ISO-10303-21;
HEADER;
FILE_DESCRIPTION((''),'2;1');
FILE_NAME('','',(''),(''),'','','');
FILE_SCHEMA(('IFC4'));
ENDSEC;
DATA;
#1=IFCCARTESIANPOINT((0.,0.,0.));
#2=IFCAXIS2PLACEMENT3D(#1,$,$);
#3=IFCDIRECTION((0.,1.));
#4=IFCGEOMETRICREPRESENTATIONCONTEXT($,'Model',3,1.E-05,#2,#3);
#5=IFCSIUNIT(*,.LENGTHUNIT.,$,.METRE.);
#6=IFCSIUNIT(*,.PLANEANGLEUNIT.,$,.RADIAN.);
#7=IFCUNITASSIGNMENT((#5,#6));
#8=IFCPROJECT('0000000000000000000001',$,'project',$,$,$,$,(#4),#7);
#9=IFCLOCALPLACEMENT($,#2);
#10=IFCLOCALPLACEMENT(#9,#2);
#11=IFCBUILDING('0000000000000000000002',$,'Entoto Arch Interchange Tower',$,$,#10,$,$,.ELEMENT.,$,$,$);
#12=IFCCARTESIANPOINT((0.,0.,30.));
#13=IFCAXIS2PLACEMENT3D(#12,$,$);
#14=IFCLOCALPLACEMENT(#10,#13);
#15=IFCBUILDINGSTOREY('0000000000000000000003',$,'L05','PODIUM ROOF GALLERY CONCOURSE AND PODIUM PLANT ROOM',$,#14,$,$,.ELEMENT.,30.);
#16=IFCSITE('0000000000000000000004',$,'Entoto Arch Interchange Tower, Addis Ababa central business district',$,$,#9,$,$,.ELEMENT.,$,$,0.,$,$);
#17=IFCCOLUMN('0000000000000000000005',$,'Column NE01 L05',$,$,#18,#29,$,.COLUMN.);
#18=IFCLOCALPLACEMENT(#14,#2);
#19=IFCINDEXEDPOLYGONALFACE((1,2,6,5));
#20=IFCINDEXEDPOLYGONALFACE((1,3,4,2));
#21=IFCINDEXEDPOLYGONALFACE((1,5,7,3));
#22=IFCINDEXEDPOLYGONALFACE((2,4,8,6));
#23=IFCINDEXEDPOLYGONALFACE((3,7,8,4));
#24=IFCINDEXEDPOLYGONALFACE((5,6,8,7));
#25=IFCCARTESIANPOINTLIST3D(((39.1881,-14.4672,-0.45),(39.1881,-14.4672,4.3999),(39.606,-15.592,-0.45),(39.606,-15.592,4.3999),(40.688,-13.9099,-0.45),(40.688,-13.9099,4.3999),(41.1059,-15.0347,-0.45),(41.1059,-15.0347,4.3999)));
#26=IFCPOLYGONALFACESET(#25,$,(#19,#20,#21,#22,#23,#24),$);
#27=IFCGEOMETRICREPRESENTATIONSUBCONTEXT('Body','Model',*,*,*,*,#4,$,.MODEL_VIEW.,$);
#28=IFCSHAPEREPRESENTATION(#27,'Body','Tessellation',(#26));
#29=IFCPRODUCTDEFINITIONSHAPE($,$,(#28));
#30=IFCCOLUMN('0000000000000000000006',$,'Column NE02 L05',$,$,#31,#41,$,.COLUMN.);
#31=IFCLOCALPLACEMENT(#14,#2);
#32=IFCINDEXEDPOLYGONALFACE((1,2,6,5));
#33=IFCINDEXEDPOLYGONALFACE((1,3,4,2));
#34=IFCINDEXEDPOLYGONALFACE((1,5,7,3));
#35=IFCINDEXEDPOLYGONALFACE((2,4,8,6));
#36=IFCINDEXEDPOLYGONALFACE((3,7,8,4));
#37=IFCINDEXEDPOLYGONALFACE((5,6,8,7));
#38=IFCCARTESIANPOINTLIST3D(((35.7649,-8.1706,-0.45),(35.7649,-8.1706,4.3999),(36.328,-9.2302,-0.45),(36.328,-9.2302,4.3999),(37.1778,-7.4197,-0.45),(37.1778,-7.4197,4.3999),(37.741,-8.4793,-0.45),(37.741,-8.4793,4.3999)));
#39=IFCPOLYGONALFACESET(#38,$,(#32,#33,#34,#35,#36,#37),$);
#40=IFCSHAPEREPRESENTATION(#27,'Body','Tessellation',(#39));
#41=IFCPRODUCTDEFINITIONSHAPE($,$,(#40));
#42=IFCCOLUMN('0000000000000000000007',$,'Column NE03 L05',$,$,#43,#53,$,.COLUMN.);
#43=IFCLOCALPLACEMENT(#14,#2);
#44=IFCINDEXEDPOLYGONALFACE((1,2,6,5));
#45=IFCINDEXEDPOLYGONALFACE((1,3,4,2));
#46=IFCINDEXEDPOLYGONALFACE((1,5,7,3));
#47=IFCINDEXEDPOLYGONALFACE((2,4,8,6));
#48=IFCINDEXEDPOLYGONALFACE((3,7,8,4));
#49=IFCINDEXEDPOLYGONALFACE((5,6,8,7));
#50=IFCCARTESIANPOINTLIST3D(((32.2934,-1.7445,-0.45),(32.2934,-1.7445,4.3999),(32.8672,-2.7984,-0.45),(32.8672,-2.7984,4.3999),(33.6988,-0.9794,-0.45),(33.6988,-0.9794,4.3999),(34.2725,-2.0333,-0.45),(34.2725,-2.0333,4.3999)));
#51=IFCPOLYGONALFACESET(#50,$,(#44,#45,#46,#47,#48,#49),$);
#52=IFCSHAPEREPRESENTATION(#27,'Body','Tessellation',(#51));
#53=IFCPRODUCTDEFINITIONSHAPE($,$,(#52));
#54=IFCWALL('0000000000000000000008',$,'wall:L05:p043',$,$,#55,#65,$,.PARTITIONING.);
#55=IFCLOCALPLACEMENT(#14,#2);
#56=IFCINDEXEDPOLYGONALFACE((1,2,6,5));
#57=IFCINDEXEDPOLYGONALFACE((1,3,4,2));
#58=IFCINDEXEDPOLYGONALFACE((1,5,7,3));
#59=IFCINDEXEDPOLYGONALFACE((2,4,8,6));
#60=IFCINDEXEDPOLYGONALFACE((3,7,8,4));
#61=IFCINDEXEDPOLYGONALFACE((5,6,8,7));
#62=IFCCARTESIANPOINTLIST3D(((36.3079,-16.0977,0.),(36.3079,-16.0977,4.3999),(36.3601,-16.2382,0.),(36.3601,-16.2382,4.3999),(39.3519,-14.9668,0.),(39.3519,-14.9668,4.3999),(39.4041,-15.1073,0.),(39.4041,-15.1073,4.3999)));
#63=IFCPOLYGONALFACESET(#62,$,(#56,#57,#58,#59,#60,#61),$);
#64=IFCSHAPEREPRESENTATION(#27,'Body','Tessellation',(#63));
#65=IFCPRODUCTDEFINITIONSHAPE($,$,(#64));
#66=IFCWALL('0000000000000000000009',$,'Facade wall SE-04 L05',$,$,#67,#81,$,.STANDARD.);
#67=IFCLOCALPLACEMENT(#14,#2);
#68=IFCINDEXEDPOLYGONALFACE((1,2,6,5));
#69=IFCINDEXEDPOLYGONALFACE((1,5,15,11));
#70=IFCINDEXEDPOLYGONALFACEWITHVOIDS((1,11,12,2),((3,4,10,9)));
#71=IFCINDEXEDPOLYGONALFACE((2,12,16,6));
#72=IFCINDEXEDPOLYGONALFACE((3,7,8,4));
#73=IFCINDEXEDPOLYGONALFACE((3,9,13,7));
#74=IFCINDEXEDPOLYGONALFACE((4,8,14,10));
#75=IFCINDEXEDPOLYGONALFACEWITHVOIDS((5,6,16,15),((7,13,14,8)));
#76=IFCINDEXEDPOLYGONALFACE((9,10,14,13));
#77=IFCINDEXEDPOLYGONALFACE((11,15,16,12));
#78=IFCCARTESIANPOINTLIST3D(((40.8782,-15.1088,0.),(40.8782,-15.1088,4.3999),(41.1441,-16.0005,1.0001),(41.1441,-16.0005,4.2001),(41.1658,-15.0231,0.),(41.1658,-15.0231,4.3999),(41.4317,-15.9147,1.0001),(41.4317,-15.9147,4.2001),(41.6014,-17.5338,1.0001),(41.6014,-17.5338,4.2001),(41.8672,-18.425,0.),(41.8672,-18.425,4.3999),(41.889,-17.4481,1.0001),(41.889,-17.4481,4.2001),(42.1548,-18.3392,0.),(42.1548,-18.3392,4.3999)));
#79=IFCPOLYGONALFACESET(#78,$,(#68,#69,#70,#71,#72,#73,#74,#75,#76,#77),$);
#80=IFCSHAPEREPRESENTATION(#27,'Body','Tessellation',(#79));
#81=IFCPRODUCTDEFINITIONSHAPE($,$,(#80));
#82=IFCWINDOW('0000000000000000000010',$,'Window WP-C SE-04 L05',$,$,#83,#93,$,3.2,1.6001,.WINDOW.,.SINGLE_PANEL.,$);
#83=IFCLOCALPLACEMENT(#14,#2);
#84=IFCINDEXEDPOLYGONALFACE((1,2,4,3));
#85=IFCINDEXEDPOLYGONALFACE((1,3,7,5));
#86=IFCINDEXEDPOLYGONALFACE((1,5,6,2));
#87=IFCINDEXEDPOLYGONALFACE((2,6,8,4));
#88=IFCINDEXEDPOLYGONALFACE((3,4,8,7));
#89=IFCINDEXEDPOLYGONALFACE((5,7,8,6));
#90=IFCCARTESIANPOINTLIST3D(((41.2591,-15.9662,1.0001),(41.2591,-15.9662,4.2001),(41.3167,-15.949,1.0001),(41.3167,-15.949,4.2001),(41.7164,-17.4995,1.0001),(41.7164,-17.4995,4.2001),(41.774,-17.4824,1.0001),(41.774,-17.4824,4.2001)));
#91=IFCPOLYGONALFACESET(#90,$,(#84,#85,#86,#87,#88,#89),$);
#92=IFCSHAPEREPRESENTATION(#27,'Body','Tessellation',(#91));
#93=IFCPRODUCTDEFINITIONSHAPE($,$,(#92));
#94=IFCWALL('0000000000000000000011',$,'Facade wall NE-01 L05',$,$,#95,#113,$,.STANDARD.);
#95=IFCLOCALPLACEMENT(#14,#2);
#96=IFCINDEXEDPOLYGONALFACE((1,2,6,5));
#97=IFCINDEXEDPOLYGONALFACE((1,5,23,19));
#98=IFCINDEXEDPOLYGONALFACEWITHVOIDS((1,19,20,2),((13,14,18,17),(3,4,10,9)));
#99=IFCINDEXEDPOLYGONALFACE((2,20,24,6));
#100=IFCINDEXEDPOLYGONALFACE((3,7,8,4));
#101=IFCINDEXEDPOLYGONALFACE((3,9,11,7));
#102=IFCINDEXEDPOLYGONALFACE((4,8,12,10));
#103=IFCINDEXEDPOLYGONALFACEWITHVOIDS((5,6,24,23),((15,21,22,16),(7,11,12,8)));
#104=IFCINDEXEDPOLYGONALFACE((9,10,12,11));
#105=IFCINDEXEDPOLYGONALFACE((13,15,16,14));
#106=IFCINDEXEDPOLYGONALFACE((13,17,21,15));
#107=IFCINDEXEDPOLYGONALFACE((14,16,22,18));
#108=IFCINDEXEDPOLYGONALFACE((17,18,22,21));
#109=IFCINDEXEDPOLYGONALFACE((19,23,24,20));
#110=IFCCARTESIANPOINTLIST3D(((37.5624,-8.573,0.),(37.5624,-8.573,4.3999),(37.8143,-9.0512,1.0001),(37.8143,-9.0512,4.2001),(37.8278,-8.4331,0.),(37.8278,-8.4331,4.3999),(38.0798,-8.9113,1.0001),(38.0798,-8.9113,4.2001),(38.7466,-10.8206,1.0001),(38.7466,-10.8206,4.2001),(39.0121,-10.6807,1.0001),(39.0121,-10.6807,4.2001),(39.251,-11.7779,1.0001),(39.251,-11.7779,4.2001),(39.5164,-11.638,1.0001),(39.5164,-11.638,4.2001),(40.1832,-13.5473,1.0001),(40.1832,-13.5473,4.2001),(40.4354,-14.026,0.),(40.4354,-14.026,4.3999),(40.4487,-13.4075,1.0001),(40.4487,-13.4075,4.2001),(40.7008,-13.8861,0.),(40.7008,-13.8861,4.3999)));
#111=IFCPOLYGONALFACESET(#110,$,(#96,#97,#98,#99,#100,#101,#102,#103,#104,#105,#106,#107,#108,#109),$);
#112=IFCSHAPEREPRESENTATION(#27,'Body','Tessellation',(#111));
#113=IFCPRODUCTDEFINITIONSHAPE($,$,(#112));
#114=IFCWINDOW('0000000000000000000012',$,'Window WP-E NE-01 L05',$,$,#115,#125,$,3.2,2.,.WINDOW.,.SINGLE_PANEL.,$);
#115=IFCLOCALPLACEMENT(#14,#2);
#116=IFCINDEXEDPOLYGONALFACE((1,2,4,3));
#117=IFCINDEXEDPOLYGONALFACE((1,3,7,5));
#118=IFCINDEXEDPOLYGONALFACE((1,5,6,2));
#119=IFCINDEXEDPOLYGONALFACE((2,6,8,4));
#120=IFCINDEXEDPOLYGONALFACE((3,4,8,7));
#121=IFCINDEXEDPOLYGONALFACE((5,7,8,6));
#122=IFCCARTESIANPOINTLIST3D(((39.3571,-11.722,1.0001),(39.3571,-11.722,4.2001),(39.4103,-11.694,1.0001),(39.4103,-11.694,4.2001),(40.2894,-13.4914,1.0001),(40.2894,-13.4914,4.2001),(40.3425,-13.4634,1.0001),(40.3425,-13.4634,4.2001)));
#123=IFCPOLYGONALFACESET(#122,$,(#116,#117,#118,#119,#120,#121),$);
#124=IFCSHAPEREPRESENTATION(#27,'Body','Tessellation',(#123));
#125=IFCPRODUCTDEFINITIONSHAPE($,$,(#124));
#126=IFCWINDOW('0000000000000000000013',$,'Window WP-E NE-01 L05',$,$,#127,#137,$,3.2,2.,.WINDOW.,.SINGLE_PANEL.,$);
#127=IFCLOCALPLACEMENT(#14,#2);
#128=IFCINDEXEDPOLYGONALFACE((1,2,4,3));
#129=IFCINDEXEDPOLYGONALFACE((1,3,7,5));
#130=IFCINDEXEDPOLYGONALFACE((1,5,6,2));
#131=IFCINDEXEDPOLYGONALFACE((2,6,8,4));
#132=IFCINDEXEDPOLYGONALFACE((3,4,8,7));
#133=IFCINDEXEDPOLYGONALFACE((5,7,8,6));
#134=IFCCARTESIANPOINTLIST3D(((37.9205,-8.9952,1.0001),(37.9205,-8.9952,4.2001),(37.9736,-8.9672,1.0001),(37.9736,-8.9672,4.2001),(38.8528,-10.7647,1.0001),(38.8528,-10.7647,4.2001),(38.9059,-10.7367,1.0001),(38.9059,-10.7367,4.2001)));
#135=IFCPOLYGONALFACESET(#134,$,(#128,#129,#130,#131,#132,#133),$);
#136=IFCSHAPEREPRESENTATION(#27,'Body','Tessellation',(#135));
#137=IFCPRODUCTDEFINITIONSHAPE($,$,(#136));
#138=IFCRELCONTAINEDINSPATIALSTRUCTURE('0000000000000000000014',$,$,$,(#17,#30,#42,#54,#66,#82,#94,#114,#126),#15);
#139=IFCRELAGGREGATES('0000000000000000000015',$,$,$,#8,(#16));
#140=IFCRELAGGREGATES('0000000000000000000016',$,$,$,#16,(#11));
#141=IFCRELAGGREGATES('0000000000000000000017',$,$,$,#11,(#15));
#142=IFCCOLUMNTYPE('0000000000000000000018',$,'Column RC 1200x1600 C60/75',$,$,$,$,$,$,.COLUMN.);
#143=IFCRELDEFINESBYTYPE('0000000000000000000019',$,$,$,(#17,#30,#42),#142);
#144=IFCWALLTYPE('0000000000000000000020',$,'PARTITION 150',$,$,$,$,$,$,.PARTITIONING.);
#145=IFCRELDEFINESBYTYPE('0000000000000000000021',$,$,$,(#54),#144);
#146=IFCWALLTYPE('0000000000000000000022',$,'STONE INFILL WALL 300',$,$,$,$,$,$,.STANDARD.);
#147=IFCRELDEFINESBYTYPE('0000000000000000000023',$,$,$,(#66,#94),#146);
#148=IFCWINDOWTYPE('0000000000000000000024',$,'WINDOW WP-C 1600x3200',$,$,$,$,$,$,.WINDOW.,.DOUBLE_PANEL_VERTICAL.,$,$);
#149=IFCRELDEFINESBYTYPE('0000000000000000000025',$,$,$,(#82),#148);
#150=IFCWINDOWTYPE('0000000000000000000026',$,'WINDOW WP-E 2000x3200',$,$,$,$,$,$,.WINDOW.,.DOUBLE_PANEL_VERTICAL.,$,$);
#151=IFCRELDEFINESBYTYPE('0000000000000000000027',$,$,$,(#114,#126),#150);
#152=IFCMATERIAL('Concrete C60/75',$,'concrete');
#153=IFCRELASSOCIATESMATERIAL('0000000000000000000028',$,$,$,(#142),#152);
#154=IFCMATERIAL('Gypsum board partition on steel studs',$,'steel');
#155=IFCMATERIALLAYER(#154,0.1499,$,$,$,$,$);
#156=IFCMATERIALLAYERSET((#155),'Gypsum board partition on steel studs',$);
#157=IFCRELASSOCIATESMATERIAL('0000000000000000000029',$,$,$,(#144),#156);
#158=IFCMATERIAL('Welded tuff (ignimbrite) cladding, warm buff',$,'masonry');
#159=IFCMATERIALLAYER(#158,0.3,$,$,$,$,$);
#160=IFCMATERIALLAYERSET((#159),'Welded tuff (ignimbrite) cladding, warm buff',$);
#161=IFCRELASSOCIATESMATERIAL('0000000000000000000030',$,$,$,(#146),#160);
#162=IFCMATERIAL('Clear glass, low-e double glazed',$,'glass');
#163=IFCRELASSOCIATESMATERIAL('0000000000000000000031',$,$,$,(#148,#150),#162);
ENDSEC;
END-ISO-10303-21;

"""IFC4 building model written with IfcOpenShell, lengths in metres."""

from ifc_helpers import new_model, si_unit, direction, frame, frame_2d, origin, origin_2d, place, context, subcontext, project, spatial, rectangle, extrude, material, layer, layer_set, material_profile, profile_set, type_object, element, fill, save


model = new_model("IFC4")

# Units and contexts
model_context = context("Model", 3, precision=1e-05, world=origin(), true_north=direction((0.0, 1.0)))
body_context = subcontext(model_context, "Body", "Model", "MODEL_VIEW")
ifc_project = project(units=[si_unit("LENGTHUNIT", "METRE"), si_unit("PLANEANGLEUNIT", "RADIAN")], contexts=[model_context])

# Site, building, storey
site_placement = place(None, origin())
site = spatial("IfcSite", under=ifc_project, at=site_placement, Name="Entoto Arch Interchange Tower, Addis Ababa central business district", CompositionType="ELEMENT", RefElevation=0.0)
building_placement = place(site_placement, origin())
building = spatial("IfcBuilding", under=site, at=building_placement, Name="Entoto Arch Interchange Tower", CompositionType="ELEMENT")
storey_placement = place(building_placement, frame((0.0, 0.0, 30.0)))
storey = spatial("IfcBuildingStorey", under=building, at=storey_placement, Name="L05", Description="PODIUM ROOF GALLERY CONCOURSE AND PODIUM PLANT ROOM", CompositionType="ELEMENT", Elevation=30.0)

# Columns
ifc_material_1 = material(Name="Concrete C60/75", Category="concrete")
ifc_material_profile = material_profile(ifc_material_1, rectangle(XDim=1.2, YDim=1.6001, at=origin_2d()))
ifc_profile_set = profile_set([ifc_material_profile], Name="Concrete C60/75")
column_type = type_object("IfcColumnType", Name="Column RC 1200x1600 C60/75", PredefinedType="COLUMN", material=ifc_profile_set)
for number, where, z_axis, x_axis, name in (
    (1, (40.147, -14.751, -0.45), (0.0, 0.0, 1.0), (-0.348278, 0.937391, 0.0), "Column NE01 L05"),
    (2, (36.7529, -8.325, -0.45), (0.0, 0.0, 1.0), (-0.469317, 0.88303, 0.0), "Column NE02 L05"),
    (3, (33.283, -1.8889, -0.45), (0.0, 0.0, 1.0), (-0.47814, 0.878284, 0.0), "Column NE03 L05"),
):
    element("IfcColumn", number, at=place(storey_placement, frame(where, z_axis=z_axis, x_axis=x_axis)), inside=storey, type_object=column_type, Name=name, PredefinedType="COLUMN", context=body_context, shape_type="SweptSolid", body=[
        extrude(rectangle(XDim=1.2, YDim=1.6001, at=origin_2d()), origin(), (0.0, 0.0, 1.0), 4.8499),
    ])

# Wall
ifc_material_2 = material(Name="Gypsum board partition on steel studs", Category="steel")
ifc_layer_1 = layer(ifc_material_2, 0.1499)
ifc_layer_set_1 = layer_set([ifc_layer_1], Name="Gypsum board partition on steel studs")
wall_type_1 = type_object("IfcWallType", Name="PARTITION 150", PredefinedType="PARTITIONING", material=ifc_layer_set_1)
wall_1_placement = place(storey_placement, frame((39.3779, -15.0371, 0.0), z_axis=(0.0, 0.0, 1.0), x_axis=(-0.9374, -0.348254, 0.0)))
element("IfcWall", 4, at=wall_1_placement, inside=storey, type_object=wall_type_1, Name="wall:L05:p043", PredefinedType="PARTITIONING", context=body_context, shape_type="SweptSolid", body=[
    extrude(rectangle(XDim=3.2473, YDim=0.1499, at=frame_2d((1.6235, 0.0))), origin(), (0.0, 0.0, 1.0), 4.3999),
])

# Wall, opening, window
ifc_material_3 = material(Name="Welded tuff (ignimbrite) cladding, warm buff", Category="masonry")
ifc_layer_2 = layer(ifc_material_3, 0.3)
ifc_layer_set_2 = layer_set([ifc_layer_2], Name="Welded tuff (ignimbrite) cladding, warm buff")
wall_type_2 = type_object("IfcWallType", Name="STONE INFILL WALL 300", PredefinedType="STANDARD", material=ifc_layer_set_2)
wall_2_placement = place(storey_placement, frame((42.011, -18.3821, 0.0), z_axis=(0.0, 0.0, 1.0), x_axis=(-0.285801, 0.958289, 0.0)))
wall_2 = element("IfcWall", 5, at=wall_2_placement, inside=storey, type_object=wall_type_2, Name="Facade wall SE-04 L05", PredefinedType="STANDARD", context=body_context, shape_type="SweptSolid", body=[
    extrude(rectangle(XDim=3.4604, YDim=0.3, at=frame_2d((1.7302, 0.0))), origin(), (0.0, 0.0, 1.0), 4.3999),
])
opening_1_placement = place(wall_2_placement, frame((0.9299, 0.0, 1.0)))
opening_1 = element("IfcOpeningElement", 6, at=opening_1_placement, cuts=wall_2, PredefinedType="OPENING", context=body_context, shape_type="SweptSolid", body=[
    extrude(rectangle(XDim=1.6001, YDim=3.2, at=frame_2d((0.8, 1.6001))), frame((0.0, 0.1602, 0.0), z_axis=(0.0, -1.0, 0.0), x_axis=(1.0, 0.0, 0.0)), (0.0, 0.0, 1.0), 0.3201),
])
ifc_material_4 = material(Name="Clear glass, low-e double glazed", Category="glass")
window_type_1 = type_object("IfcWindowType", Name="WINDOW WP-C 1600x3200", PartitioningType="DOUBLE_PANEL_VERTICAL", PredefinedType="WINDOW", material=ifc_material_4)
window_1_placement = place(opening_1_placement, origin())
window_1 = element("IfcWindow", 7, at=window_1_placement, inside=storey, type_object=window_type_1, Name="Window WP-C SE-04 L05", OverallHeight=3.2, OverallWidth=1.6001, PartitioningType="SINGLE_PANEL", PredefinedType="WINDOW", context=body_context, shape_type="SweptSolid", body=[
    extrude(rectangle(XDim=1.6001, YDim=3.2, at=frame_2d((0.8, 1.6001))), frame((0.0, 0.03, 0.0), z_axis=(0.0, -1.0, 0.0), x_axis=(1.0, 0.0, 0.0)), (0.0, 0.0, 1.0), 0.0601),
])
fill(opening_1, window_1)

# Wall, openings, windows
wall_3_placement = place(storey_placement, frame((40.5681, -13.9561, 0.0), z_axis=(0.0, 0.0, 1.0), x_axis=(-0.466125, 0.884719, 0.0)))
wall_3 = element("IfcWall", 8, at=wall_3_placement, inside=storey, type_object=wall_type_2, Name="Facade wall NE-01 L05", PredefinedType="STANDARD", context=body_context, shape_type="SweptSolid", body=[
    extrude(rectangle(XDim=6.1636, YDim=0.3, at=frame_2d((3.0818, 0.0))), origin(), (0.0, 0.0, 1.0), 4.3999),
])
opening_2_placement = place(wall_3_placement, frame((0.541, 0.0, 1.0)))
opening_2 = element("IfcOpeningElement", 9, at=opening_2_placement, cuts=wall_3, PredefinedType="OPENING", context=body_context, shape_type="SweptSolid", body=[
    extrude(rectangle(XDim=2.0, YDim=3.2, at=frame_2d((1.0, 1.6001))), frame((0.0, 0.1602, 0.0), z_axis=(0.0, -1.0, 0.0), x_axis=(1.0, 0.0, 0.0)), (0.0, 0.0, 1.0), 0.3201),
])
opening_3_placement = place(wall_3_placement, frame((3.623, 0.0, 1.0)))
opening_3 = element("IfcOpeningElement", 10, at=opening_3_placement, cuts=wall_3, PredefinedType="OPENING", context=body_context, shape_type="SweptSolid", body=[
    extrude(rectangle(XDim=2.0, YDim=3.2, at=frame_2d((1.0, 1.6001))), frame((0.0, 0.1602, 0.0), z_axis=(0.0, -1.0, 0.0), x_axis=(1.0, 0.0, 0.0)), (0.0, 0.0, 1.0), 0.3201),
])
window_type_2 = type_object("IfcWindowType", Name="WINDOW WP-E 2000x3200", PartitioningType="DOUBLE_PANEL_VERTICAL", PredefinedType="WINDOW", material=ifc_material_4)
window_2_placement = place(opening_2_placement, origin())
window_2 = element("IfcWindow", 11, at=window_2_placement, inside=storey, type_object=window_type_2, Name="Window WP-E NE-01 L05", OverallHeight=3.2, OverallWidth=2.0, PartitioningType="SINGLE_PANEL", PredefinedType="WINDOW", context=body_context, shape_type="SweptSolid", body=[
    extrude(rectangle(XDim=2.0, YDim=3.2, at=frame_2d((1.0, 1.6001))), frame((0.0, 0.03, 0.0), z_axis=(0.0, -1.0, 0.0), x_axis=(1.0, 0.0, 0.0)), (0.0, 0.0, 1.0), 0.0601),
])
fill(opening_2, window_2)
window_3_placement = place(opening_3_placement, origin())
window_3 = element("IfcWindow", 12, at=window_3_placement, inside=storey, type_object=window_type_2, Name="Window WP-E NE-01 L05", OverallHeight=3.2, OverallWidth=2.0, PartitioningType="SINGLE_PANEL", PredefinedType="WINDOW", context=body_context, shape_type="SweptSolid", body=[
    extrude(rectangle(XDim=2.0, YDim=3.2, at=frame_2d((1.0, 1.6001))), frame((0.0, 0.03, 0.0), z_axis=(0.0, -1.0, 0.0), x_axis=(1.0, 0.0, 0.0)), (0.0, 0.0, 1.0), 0.0601),
])
fill(opening_3, window_3)

save(model, "model.ifc")
